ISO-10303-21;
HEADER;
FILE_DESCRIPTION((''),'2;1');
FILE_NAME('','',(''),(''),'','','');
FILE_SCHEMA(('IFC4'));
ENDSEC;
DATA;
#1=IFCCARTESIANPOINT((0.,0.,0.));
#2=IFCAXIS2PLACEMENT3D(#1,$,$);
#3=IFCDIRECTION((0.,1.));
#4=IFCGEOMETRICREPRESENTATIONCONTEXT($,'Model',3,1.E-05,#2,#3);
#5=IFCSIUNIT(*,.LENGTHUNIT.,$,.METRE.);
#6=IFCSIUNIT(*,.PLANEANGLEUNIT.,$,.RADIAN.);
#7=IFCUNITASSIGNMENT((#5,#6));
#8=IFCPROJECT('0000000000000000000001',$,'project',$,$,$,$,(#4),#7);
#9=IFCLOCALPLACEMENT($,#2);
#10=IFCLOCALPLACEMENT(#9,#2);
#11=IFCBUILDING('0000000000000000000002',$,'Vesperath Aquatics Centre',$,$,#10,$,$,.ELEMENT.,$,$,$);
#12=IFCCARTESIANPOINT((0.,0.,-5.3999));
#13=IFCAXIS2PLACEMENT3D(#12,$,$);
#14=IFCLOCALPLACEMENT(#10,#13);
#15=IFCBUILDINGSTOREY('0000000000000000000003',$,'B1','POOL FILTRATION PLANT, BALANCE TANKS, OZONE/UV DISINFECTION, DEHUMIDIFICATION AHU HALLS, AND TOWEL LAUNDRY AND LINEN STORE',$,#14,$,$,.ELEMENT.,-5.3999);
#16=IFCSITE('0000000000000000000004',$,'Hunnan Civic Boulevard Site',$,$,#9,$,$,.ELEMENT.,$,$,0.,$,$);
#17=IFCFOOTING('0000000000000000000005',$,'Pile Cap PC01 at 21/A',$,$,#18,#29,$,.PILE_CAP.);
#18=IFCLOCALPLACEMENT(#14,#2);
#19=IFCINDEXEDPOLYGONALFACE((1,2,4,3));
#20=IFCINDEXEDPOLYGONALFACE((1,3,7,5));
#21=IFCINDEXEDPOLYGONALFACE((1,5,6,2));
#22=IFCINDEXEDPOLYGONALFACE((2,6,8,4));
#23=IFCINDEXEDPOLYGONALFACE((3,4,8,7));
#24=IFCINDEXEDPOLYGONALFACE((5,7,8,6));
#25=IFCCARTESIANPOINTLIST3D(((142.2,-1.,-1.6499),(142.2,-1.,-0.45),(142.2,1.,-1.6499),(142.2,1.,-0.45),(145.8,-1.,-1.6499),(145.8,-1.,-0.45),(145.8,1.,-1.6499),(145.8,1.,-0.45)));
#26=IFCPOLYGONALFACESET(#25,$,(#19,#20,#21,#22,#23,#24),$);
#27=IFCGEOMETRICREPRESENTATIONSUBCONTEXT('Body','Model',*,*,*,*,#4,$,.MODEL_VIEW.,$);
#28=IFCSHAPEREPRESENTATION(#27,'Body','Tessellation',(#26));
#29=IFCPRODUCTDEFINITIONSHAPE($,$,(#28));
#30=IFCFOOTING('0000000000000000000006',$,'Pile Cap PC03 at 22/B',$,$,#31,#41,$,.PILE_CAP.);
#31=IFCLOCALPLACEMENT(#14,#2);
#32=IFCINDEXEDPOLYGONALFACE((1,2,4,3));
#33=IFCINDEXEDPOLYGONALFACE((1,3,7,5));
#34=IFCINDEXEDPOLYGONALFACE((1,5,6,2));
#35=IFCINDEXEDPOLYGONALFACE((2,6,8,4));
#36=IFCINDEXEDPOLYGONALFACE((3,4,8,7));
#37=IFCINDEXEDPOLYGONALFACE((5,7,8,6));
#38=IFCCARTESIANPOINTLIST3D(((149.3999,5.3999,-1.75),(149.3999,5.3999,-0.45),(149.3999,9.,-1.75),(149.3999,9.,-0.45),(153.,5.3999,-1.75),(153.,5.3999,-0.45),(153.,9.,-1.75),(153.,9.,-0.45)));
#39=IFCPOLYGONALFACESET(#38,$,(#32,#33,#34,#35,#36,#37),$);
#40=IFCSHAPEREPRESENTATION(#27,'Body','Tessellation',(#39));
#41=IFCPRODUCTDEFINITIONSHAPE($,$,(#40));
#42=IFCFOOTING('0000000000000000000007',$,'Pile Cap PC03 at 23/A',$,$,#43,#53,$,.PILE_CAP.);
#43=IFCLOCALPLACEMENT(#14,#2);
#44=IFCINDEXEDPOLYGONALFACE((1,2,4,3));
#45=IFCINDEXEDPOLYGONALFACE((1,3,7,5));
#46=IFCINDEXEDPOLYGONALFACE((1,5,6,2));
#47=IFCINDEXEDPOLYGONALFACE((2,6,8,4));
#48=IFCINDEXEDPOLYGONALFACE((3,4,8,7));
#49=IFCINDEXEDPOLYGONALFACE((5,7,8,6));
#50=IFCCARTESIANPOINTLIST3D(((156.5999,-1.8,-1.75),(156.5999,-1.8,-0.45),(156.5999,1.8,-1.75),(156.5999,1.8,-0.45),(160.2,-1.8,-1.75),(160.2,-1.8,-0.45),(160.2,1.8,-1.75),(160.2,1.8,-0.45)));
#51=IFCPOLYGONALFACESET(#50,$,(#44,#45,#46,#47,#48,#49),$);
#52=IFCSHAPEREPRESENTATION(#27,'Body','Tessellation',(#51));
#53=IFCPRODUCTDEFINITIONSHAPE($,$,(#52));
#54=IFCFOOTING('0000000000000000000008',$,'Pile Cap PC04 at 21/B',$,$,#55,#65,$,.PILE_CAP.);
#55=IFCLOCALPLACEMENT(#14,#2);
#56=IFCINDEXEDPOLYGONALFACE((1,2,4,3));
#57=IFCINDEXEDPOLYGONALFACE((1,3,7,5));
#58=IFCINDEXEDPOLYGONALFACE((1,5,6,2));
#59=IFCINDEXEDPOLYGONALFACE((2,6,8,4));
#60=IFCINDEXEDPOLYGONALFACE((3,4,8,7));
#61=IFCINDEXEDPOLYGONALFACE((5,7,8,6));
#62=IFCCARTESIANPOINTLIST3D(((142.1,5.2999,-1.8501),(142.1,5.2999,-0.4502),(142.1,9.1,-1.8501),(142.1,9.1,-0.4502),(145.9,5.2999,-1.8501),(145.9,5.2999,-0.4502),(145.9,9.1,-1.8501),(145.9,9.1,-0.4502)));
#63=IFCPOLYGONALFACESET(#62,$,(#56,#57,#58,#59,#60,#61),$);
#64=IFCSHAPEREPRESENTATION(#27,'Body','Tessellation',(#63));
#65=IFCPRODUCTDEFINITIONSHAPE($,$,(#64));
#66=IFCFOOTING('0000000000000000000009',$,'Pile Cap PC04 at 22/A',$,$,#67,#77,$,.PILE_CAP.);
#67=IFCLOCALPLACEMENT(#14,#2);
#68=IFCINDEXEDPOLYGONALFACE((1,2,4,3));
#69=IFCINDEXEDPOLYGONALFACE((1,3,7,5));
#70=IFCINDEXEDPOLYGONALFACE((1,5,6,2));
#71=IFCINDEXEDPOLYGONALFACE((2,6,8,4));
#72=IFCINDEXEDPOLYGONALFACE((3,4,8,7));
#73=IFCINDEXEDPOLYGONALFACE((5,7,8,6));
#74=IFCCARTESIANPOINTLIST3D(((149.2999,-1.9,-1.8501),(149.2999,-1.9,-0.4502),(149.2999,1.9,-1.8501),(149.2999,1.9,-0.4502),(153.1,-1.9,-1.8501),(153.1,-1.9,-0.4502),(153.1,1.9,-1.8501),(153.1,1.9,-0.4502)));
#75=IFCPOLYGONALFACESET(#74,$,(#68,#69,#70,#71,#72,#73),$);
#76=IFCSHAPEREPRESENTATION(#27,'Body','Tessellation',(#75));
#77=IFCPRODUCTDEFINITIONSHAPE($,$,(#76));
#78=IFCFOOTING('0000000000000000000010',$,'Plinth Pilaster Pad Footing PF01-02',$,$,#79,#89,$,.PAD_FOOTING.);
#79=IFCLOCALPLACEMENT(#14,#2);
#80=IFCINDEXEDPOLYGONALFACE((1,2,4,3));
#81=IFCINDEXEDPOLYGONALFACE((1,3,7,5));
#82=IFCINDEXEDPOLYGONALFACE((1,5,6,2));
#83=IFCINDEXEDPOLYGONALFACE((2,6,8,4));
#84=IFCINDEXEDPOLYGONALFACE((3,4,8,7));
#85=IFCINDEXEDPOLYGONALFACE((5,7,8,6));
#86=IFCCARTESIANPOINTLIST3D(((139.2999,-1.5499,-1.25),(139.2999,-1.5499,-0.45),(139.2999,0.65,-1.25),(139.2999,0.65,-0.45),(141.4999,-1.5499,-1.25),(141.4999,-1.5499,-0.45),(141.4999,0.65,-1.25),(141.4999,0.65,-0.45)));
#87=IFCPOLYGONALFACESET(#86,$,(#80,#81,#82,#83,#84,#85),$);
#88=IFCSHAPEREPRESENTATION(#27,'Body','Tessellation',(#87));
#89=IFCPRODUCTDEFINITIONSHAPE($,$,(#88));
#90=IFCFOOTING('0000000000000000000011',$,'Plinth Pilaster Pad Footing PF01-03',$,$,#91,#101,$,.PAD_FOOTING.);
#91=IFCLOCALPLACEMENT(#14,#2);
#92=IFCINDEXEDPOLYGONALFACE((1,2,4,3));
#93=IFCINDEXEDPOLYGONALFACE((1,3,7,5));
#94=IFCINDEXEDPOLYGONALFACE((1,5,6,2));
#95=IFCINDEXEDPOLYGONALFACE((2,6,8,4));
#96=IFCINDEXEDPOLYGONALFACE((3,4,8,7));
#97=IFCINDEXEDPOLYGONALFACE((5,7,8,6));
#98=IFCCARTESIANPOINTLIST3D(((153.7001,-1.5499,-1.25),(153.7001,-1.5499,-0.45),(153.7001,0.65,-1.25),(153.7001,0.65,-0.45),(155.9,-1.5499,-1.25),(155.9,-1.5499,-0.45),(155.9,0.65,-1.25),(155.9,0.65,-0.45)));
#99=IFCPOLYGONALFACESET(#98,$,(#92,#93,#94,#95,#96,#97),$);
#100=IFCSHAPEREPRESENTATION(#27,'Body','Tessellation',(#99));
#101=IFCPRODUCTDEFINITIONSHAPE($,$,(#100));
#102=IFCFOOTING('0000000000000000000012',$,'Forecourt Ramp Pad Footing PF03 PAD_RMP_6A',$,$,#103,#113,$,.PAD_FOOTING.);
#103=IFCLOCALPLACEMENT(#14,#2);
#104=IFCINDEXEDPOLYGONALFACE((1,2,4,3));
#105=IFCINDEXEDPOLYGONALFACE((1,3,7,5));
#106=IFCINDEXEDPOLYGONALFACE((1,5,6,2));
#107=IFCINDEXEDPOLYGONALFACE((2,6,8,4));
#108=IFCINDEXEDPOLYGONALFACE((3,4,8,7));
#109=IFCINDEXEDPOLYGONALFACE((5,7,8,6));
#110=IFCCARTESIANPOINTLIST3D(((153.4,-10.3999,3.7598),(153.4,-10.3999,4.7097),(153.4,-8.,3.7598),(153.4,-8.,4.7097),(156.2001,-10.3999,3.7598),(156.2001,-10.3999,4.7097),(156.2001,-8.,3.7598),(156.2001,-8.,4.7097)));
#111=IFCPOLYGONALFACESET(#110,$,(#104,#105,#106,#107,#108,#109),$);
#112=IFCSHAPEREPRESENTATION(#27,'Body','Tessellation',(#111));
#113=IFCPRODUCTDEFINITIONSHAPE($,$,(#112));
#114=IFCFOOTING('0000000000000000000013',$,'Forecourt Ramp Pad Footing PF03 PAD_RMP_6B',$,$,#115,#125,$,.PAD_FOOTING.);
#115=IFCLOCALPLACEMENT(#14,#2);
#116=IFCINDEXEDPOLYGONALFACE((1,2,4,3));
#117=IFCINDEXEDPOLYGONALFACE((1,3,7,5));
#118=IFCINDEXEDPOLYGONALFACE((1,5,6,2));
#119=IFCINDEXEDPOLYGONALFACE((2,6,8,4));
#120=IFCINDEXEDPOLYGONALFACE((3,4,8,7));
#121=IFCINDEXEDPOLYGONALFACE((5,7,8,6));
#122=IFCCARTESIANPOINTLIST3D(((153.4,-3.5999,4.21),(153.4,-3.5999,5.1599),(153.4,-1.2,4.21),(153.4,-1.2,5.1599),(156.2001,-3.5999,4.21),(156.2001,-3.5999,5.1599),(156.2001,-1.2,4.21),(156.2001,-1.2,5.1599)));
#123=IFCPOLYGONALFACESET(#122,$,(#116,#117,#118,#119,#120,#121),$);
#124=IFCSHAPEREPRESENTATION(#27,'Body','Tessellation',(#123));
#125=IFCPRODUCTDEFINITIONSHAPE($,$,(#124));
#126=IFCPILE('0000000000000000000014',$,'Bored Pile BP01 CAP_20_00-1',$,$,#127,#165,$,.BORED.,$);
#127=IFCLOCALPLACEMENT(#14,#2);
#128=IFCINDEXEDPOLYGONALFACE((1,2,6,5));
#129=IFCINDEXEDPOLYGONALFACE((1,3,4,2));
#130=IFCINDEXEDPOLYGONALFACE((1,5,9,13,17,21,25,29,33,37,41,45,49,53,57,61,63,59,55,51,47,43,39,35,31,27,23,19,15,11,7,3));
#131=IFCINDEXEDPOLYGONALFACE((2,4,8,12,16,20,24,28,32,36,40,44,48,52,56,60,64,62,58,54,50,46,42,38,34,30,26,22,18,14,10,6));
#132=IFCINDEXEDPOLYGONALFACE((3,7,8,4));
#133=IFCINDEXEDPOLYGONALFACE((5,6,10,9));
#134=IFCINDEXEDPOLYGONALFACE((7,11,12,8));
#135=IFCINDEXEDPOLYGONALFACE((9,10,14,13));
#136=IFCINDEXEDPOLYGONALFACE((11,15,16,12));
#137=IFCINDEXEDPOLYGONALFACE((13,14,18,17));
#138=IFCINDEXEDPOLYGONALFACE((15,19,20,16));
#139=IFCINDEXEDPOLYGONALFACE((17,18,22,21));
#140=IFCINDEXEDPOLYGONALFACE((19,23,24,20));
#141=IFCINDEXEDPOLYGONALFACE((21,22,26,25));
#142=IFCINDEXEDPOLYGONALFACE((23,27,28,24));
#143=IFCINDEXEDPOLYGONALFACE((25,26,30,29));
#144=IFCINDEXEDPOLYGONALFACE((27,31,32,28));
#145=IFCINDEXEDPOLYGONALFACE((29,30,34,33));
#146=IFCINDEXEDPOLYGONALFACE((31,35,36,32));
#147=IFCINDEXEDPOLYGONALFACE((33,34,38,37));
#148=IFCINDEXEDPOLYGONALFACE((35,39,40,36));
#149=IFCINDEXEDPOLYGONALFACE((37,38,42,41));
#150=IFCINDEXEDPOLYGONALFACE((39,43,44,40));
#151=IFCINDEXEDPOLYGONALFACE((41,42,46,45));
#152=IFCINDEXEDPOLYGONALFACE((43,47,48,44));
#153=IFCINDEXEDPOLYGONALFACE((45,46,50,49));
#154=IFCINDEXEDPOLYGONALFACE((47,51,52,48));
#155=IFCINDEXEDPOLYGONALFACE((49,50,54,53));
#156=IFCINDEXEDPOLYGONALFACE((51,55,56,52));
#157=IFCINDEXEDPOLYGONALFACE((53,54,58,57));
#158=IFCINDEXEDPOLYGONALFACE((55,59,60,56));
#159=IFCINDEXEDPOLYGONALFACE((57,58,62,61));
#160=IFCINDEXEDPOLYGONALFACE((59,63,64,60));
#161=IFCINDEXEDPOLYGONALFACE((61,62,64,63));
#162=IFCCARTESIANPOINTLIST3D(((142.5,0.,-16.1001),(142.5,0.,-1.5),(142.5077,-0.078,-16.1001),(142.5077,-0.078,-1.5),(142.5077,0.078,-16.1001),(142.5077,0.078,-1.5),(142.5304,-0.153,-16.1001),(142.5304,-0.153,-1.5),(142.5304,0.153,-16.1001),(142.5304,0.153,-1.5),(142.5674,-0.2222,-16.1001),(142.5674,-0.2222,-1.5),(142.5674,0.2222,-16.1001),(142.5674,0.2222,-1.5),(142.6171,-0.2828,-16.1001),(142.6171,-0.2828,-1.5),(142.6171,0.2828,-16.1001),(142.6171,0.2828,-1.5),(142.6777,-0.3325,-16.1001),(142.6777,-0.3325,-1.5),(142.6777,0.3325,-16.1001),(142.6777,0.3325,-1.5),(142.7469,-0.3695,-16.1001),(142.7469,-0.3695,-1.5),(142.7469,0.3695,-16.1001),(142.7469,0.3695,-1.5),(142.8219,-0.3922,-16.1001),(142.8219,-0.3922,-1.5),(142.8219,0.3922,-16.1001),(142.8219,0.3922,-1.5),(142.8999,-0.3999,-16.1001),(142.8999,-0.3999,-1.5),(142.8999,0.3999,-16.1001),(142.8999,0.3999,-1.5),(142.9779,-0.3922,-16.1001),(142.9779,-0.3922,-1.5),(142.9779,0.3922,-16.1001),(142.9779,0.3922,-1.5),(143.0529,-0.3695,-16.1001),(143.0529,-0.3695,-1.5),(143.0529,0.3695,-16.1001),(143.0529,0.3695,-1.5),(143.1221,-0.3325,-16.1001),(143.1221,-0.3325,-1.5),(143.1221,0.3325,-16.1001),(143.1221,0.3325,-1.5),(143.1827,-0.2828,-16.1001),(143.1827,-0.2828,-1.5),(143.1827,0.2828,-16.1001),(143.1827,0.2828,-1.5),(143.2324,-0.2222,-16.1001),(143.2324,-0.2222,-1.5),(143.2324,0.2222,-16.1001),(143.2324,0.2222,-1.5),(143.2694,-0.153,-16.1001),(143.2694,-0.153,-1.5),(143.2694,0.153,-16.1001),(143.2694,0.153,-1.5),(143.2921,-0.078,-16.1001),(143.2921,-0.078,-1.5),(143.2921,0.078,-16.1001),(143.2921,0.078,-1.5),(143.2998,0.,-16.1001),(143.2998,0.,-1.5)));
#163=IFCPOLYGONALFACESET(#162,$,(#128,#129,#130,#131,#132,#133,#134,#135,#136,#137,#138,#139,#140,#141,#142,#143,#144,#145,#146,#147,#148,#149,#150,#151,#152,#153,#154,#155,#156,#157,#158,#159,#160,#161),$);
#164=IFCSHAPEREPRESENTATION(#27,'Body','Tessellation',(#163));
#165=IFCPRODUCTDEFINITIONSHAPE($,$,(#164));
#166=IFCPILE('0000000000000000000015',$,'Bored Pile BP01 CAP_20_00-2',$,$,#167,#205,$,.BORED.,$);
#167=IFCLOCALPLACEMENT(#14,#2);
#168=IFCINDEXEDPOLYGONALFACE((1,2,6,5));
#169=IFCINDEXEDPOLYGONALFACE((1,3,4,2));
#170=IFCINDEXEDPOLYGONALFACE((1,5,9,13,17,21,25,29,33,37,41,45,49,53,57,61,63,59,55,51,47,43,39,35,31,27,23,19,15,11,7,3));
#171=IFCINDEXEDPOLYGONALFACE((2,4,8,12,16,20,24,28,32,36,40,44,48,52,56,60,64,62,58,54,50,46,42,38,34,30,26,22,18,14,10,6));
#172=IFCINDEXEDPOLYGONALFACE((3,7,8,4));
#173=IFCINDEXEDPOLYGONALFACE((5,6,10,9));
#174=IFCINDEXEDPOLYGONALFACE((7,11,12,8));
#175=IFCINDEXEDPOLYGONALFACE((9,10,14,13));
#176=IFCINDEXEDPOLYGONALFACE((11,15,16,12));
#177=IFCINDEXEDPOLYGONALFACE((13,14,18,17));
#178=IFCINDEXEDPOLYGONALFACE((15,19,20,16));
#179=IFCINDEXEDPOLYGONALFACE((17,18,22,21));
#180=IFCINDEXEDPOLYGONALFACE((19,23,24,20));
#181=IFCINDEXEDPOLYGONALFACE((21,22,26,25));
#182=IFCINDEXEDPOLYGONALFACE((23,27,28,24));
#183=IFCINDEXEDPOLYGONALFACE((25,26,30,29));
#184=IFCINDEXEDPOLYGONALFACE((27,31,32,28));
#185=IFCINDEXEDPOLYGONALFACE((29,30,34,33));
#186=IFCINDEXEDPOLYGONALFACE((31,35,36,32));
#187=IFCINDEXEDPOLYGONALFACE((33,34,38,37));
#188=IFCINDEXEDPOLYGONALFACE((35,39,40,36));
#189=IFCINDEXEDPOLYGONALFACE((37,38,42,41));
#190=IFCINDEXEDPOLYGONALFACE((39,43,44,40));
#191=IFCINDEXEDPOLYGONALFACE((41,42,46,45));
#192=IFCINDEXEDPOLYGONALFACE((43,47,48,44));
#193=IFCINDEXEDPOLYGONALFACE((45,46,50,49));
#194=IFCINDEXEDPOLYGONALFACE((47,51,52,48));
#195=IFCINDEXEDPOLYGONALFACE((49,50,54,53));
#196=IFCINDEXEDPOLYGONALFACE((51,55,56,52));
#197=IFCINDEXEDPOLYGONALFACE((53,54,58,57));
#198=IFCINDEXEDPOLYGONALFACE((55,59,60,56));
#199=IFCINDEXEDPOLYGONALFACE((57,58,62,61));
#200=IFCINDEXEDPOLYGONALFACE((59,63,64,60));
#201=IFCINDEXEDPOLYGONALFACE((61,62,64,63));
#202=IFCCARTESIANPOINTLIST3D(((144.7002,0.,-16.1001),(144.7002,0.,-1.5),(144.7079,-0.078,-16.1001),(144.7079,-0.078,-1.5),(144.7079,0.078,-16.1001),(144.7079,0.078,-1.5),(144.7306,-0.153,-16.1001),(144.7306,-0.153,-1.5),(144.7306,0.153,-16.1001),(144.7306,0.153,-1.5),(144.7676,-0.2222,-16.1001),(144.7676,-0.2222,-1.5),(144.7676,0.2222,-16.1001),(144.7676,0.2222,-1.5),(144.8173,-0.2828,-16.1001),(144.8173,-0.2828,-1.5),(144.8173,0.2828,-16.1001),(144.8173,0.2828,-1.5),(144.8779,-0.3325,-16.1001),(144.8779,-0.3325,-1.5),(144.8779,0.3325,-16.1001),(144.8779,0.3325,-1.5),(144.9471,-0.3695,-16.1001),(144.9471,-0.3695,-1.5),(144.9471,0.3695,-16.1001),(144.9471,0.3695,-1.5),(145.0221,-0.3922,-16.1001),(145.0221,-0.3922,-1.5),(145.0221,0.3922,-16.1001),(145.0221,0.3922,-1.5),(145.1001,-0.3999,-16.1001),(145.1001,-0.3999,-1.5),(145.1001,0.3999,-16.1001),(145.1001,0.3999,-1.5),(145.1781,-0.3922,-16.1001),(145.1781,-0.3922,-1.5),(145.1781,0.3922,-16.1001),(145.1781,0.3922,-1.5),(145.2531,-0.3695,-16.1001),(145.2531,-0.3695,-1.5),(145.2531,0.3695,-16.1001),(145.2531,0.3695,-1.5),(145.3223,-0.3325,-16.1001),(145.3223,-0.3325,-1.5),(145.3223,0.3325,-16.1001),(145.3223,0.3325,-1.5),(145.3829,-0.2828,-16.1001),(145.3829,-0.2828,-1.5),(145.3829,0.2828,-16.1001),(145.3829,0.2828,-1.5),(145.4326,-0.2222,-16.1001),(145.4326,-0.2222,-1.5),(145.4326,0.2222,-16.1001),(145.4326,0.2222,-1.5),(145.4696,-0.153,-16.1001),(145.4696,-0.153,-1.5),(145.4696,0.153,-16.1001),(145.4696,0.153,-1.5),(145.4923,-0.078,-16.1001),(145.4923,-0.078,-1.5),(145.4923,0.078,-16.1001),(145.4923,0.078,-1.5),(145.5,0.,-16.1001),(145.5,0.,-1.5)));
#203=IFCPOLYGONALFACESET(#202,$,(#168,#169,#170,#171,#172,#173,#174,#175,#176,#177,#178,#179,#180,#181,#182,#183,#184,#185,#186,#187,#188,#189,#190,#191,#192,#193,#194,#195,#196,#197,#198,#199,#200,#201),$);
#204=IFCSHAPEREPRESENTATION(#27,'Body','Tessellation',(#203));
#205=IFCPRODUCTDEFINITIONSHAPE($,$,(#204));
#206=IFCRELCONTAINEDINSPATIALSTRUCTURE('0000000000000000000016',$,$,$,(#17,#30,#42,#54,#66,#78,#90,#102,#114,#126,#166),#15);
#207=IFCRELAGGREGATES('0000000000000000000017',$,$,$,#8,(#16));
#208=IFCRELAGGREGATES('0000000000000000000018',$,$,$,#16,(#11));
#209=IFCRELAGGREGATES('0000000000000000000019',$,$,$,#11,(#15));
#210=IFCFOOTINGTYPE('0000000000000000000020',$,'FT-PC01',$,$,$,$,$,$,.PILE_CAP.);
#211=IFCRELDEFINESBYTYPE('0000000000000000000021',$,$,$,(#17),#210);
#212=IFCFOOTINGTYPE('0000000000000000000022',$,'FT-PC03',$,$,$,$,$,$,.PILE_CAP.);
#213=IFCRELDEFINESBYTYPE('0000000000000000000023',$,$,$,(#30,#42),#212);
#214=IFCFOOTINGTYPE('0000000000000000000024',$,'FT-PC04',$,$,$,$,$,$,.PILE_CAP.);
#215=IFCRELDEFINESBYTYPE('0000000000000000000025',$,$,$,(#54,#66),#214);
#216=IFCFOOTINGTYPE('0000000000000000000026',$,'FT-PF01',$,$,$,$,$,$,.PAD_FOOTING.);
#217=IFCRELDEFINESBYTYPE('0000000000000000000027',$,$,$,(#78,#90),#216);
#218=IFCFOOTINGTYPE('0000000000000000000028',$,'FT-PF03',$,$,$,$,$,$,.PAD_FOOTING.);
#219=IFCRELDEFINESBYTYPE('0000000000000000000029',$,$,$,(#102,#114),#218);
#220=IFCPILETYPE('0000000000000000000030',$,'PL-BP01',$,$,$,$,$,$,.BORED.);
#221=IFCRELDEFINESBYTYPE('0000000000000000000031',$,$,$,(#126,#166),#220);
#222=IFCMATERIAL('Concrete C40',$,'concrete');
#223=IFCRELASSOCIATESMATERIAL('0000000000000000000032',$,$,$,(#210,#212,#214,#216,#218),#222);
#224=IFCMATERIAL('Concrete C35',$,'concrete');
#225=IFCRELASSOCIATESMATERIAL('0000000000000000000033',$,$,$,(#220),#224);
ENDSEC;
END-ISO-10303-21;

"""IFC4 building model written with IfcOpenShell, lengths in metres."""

from ifc_helpers import new_model, si_unit, direction, frame, origin, origin_2d, place, context, subcontext, project, spatial, rectangle, circle, extrude, material, material_profile, profile_set, type_object, element, save


model = new_model("IFC4")

# Units and contexts
model_context = context("Model", 3, precision=1e-05, world=origin(), true_north=direction((0.0, 1.0)))
body_context = subcontext(model_context, "Body", "Model", "MODEL_VIEW")
ifc_project = project(units=[si_unit("LENGTHUNIT", "METRE"), si_unit("PLANEANGLEUNIT", "RADIAN")], contexts=[model_context])

# Site, building, storey
site_placement = place(None, origin())
site = spatial("IfcSite", under=ifc_project, at=site_placement, Name="Hunnan Civic Boulevard Site", CompositionType="ELEMENT", RefElevation=0.0)
building_placement = place(site_placement, origin())
building = spatial("IfcBuilding", under=site, at=building_placement, Name="Vesperath Aquatics Centre", CompositionType="ELEMENT")
storey_placement = place(building_placement, frame((0.0, 0.0, -5.3999)))
storey = spatial("IfcBuildingStorey", under=building, at=storey_placement, Name="B1", Description="POOL FILTRATION PLANT, BALANCE TANKS, OZONE/UV DISINFECTION, DEHUMIDIFICATION AHU HALLS, AND TOWEL LAUNDRY AND LINEN STORE", CompositionType="ELEMENT", Elevation=-5.3999)

# Footings
ifc_material_1 = material(Name="Concrete C40", Category="concrete")
footing_type_1 = type_object("IfcFootingType", Name="FT-PC01", PredefinedType="PILE_CAP", material=ifc_material_1)
footing_placement = place(storey_placement, frame((144.0, 0.0, -1.6499), z_axis=(0.0, 0.0, 1.0), x_axis=(1.0, 0.0, 0.0)))
element("IfcFooting", 1, at=footing_placement, inside=storey, type_object=footing_type_1, Name="Pile Cap PC01 at 21/A", PredefinedType="PILE_CAP", context=body_context, shape_type="SweptSolid", body=[
    extrude(rectangle(XDim=3.6001, YDim=2.0, at=origin_2d()), origin(), (0.0, 0.0, 1.0), 1.2),
])
footing_type_2 = type_object("IfcFootingType", Name="FT-PC03", PredefinedType="PILE_CAP", material=ifc_material_1)
for number, where, z_axis, x_axis, name in (
    (2, (151.2, 7.2, -1.75), (0.0, 0.0, 1.0), (1.0, 0.0, 0.0), "Pile Cap PC03 at 22/B"),
    (3, (158.3999, 0.0, -1.75), (0.0, 0.0, 1.0), (1.0, 0.0, 0.0), "Pile Cap PC03 at 23/A"),
):
    element("IfcFooting", number, at=place(storey_placement, frame(where, z_axis=z_axis, x_axis=x_axis)), inside=storey, type_object=footing_type_2, Name=name, PredefinedType="PILE_CAP", context=body_context, shape_type="SweptSolid", body=[
        extrude(rectangle(XDim=3.6001, YDim=3.6001, at=origin_2d()), origin(), (0.0, 0.0, 1.0), 1.3),
    ])
footing_type_3 = type_object("IfcFootingType", Name="FT-PC04", PredefinedType="PILE_CAP", material=ifc_material_1)
for number, where, z_axis, x_axis, name in (
    (4, (144.0, 7.2, -1.8501), (0.0, 0.0, 1.0), (1.0, 0.0, 0.0), "Pile Cap PC04 at 21/B"),
    (5, (151.2, 0.0, -1.8501), (0.0, 0.0, 1.0), (1.0, 0.0, 0.0), "Pile Cap PC04 at 22/A"),
):
    element("IfcFooting", number, at=place(storey_placement, frame(where, z_axis=z_axis, x_axis=x_axis)), inside=storey, type_object=footing_type_3, Name=name, PredefinedType="PILE_CAP", context=body_context, shape_type="SweptSolid", body=[
        extrude(rectangle(XDim=3.8, YDim=3.8, at=origin_2d()), origin(), (0.0, 0.0, 1.0), 1.3999),
    ])
footing_type_4 = type_object("IfcFootingType", Name="FT-PF01", PredefinedType="PAD_FOOTING", material=ifc_material_1)
for number, where, z_axis, x_axis, name in (
    (6, (140.3999, -0.45, -1.25), (0.0, 0.0, 1.0), (1.0, 0.0, 0.0), "Plinth Pilaster Pad Footing PF01-02"),
    (7, (154.8, -0.45, -1.25), (0.0, 0.0, 1.0), (1.0, 0.0, 0.0), "Plinth Pilaster Pad Footing PF01-03"),
):
    element("IfcFooting", number, at=place(storey_placement, frame(where, z_axis=z_axis, x_axis=x_axis)), inside=storey, type_object=footing_type_4, Name=name, PredefinedType="PAD_FOOTING", context=body_context, shape_type="SweptSolid", body=[
        extrude(rectangle(XDim=2.2, YDim=2.2, at=origin_2d()), origin(), (0.0, 0.0, 1.0), 0.8),
    ])
footing_type_5 = type_object("IfcFootingType", Name="FT-PF03", PredefinedType="PAD_FOOTING", material=ifc_material_1)
for number, where, z_axis, x_axis, name in (
    (8, (154.8, -9.2, 3.7598), (0.0, 0.0, 1.0), (1.0, 0.0, 0.0), "Forecourt Ramp Pad Footing PF03 PAD_RMP_6A"),
    (9, (154.8, -2.3999, 4.21), (0.0, 0.0, 1.0), (1.0, 0.0, 0.0), "Forecourt Ramp Pad Footing PF03 PAD_RMP_6B"),
):
    element("IfcFooting", number, at=place(storey_placement, frame(where, z_axis=z_axis, x_axis=x_axis)), inside=storey, type_object=footing_type_5, Name=name, PredefinedType="PAD_FOOTING", context=body_context, shape_type="SweptSolid", body=[
        extrude(rectangle(XDim=2.8, YDim=2.3999, at=origin_2d()), origin(), (0.0, 0.0, 1.0), 0.95),
    ])

# Piles
ifc_material_2 = material(Name="Concrete C35", Category="concrete")
ifc_material_profile_1 = material_profile(ifc_material_2, circle(Radius=0.3999, at=origin_2d()), Name="PILE D800")
ifc_profile_set_1 = profile_set([ifc_material_profile_1], Name="Concrete C35")
pile_type = type_object("IfcPileType", Name="PL-BP01", PredefinedType="BORED", material=ifc_profile_set_1)
for number, where, z_axis, x_axis, name in (
    (10, (142.8999, 0.0, -1.5), (0.0, 0.0, -1.0), (1.0, 0.0, 0.0), "Bored Pile BP01 CAP_20_00-1"),
    (11, (145.1001, 0.0, -1.5), (0.0, 0.0, -1.0), (1.0, 0.0, 0.0), "Bored Pile BP01 CAP_20_00-2"),
):
    element("IfcPile", number, at=place(storey_placement, frame(where, z_axis=z_axis, x_axis=x_axis)), inside=storey, type_object=pile_type, Name=name, PredefinedType="BORED", context=body_context, shape_type="SweptSolid", body=[
        extrude(circle(Radius=0.3999, at=origin_2d()), origin(), (0.0, 0.0, 1.0), 14.6001),
    ])

save(model, "model.ifc")
